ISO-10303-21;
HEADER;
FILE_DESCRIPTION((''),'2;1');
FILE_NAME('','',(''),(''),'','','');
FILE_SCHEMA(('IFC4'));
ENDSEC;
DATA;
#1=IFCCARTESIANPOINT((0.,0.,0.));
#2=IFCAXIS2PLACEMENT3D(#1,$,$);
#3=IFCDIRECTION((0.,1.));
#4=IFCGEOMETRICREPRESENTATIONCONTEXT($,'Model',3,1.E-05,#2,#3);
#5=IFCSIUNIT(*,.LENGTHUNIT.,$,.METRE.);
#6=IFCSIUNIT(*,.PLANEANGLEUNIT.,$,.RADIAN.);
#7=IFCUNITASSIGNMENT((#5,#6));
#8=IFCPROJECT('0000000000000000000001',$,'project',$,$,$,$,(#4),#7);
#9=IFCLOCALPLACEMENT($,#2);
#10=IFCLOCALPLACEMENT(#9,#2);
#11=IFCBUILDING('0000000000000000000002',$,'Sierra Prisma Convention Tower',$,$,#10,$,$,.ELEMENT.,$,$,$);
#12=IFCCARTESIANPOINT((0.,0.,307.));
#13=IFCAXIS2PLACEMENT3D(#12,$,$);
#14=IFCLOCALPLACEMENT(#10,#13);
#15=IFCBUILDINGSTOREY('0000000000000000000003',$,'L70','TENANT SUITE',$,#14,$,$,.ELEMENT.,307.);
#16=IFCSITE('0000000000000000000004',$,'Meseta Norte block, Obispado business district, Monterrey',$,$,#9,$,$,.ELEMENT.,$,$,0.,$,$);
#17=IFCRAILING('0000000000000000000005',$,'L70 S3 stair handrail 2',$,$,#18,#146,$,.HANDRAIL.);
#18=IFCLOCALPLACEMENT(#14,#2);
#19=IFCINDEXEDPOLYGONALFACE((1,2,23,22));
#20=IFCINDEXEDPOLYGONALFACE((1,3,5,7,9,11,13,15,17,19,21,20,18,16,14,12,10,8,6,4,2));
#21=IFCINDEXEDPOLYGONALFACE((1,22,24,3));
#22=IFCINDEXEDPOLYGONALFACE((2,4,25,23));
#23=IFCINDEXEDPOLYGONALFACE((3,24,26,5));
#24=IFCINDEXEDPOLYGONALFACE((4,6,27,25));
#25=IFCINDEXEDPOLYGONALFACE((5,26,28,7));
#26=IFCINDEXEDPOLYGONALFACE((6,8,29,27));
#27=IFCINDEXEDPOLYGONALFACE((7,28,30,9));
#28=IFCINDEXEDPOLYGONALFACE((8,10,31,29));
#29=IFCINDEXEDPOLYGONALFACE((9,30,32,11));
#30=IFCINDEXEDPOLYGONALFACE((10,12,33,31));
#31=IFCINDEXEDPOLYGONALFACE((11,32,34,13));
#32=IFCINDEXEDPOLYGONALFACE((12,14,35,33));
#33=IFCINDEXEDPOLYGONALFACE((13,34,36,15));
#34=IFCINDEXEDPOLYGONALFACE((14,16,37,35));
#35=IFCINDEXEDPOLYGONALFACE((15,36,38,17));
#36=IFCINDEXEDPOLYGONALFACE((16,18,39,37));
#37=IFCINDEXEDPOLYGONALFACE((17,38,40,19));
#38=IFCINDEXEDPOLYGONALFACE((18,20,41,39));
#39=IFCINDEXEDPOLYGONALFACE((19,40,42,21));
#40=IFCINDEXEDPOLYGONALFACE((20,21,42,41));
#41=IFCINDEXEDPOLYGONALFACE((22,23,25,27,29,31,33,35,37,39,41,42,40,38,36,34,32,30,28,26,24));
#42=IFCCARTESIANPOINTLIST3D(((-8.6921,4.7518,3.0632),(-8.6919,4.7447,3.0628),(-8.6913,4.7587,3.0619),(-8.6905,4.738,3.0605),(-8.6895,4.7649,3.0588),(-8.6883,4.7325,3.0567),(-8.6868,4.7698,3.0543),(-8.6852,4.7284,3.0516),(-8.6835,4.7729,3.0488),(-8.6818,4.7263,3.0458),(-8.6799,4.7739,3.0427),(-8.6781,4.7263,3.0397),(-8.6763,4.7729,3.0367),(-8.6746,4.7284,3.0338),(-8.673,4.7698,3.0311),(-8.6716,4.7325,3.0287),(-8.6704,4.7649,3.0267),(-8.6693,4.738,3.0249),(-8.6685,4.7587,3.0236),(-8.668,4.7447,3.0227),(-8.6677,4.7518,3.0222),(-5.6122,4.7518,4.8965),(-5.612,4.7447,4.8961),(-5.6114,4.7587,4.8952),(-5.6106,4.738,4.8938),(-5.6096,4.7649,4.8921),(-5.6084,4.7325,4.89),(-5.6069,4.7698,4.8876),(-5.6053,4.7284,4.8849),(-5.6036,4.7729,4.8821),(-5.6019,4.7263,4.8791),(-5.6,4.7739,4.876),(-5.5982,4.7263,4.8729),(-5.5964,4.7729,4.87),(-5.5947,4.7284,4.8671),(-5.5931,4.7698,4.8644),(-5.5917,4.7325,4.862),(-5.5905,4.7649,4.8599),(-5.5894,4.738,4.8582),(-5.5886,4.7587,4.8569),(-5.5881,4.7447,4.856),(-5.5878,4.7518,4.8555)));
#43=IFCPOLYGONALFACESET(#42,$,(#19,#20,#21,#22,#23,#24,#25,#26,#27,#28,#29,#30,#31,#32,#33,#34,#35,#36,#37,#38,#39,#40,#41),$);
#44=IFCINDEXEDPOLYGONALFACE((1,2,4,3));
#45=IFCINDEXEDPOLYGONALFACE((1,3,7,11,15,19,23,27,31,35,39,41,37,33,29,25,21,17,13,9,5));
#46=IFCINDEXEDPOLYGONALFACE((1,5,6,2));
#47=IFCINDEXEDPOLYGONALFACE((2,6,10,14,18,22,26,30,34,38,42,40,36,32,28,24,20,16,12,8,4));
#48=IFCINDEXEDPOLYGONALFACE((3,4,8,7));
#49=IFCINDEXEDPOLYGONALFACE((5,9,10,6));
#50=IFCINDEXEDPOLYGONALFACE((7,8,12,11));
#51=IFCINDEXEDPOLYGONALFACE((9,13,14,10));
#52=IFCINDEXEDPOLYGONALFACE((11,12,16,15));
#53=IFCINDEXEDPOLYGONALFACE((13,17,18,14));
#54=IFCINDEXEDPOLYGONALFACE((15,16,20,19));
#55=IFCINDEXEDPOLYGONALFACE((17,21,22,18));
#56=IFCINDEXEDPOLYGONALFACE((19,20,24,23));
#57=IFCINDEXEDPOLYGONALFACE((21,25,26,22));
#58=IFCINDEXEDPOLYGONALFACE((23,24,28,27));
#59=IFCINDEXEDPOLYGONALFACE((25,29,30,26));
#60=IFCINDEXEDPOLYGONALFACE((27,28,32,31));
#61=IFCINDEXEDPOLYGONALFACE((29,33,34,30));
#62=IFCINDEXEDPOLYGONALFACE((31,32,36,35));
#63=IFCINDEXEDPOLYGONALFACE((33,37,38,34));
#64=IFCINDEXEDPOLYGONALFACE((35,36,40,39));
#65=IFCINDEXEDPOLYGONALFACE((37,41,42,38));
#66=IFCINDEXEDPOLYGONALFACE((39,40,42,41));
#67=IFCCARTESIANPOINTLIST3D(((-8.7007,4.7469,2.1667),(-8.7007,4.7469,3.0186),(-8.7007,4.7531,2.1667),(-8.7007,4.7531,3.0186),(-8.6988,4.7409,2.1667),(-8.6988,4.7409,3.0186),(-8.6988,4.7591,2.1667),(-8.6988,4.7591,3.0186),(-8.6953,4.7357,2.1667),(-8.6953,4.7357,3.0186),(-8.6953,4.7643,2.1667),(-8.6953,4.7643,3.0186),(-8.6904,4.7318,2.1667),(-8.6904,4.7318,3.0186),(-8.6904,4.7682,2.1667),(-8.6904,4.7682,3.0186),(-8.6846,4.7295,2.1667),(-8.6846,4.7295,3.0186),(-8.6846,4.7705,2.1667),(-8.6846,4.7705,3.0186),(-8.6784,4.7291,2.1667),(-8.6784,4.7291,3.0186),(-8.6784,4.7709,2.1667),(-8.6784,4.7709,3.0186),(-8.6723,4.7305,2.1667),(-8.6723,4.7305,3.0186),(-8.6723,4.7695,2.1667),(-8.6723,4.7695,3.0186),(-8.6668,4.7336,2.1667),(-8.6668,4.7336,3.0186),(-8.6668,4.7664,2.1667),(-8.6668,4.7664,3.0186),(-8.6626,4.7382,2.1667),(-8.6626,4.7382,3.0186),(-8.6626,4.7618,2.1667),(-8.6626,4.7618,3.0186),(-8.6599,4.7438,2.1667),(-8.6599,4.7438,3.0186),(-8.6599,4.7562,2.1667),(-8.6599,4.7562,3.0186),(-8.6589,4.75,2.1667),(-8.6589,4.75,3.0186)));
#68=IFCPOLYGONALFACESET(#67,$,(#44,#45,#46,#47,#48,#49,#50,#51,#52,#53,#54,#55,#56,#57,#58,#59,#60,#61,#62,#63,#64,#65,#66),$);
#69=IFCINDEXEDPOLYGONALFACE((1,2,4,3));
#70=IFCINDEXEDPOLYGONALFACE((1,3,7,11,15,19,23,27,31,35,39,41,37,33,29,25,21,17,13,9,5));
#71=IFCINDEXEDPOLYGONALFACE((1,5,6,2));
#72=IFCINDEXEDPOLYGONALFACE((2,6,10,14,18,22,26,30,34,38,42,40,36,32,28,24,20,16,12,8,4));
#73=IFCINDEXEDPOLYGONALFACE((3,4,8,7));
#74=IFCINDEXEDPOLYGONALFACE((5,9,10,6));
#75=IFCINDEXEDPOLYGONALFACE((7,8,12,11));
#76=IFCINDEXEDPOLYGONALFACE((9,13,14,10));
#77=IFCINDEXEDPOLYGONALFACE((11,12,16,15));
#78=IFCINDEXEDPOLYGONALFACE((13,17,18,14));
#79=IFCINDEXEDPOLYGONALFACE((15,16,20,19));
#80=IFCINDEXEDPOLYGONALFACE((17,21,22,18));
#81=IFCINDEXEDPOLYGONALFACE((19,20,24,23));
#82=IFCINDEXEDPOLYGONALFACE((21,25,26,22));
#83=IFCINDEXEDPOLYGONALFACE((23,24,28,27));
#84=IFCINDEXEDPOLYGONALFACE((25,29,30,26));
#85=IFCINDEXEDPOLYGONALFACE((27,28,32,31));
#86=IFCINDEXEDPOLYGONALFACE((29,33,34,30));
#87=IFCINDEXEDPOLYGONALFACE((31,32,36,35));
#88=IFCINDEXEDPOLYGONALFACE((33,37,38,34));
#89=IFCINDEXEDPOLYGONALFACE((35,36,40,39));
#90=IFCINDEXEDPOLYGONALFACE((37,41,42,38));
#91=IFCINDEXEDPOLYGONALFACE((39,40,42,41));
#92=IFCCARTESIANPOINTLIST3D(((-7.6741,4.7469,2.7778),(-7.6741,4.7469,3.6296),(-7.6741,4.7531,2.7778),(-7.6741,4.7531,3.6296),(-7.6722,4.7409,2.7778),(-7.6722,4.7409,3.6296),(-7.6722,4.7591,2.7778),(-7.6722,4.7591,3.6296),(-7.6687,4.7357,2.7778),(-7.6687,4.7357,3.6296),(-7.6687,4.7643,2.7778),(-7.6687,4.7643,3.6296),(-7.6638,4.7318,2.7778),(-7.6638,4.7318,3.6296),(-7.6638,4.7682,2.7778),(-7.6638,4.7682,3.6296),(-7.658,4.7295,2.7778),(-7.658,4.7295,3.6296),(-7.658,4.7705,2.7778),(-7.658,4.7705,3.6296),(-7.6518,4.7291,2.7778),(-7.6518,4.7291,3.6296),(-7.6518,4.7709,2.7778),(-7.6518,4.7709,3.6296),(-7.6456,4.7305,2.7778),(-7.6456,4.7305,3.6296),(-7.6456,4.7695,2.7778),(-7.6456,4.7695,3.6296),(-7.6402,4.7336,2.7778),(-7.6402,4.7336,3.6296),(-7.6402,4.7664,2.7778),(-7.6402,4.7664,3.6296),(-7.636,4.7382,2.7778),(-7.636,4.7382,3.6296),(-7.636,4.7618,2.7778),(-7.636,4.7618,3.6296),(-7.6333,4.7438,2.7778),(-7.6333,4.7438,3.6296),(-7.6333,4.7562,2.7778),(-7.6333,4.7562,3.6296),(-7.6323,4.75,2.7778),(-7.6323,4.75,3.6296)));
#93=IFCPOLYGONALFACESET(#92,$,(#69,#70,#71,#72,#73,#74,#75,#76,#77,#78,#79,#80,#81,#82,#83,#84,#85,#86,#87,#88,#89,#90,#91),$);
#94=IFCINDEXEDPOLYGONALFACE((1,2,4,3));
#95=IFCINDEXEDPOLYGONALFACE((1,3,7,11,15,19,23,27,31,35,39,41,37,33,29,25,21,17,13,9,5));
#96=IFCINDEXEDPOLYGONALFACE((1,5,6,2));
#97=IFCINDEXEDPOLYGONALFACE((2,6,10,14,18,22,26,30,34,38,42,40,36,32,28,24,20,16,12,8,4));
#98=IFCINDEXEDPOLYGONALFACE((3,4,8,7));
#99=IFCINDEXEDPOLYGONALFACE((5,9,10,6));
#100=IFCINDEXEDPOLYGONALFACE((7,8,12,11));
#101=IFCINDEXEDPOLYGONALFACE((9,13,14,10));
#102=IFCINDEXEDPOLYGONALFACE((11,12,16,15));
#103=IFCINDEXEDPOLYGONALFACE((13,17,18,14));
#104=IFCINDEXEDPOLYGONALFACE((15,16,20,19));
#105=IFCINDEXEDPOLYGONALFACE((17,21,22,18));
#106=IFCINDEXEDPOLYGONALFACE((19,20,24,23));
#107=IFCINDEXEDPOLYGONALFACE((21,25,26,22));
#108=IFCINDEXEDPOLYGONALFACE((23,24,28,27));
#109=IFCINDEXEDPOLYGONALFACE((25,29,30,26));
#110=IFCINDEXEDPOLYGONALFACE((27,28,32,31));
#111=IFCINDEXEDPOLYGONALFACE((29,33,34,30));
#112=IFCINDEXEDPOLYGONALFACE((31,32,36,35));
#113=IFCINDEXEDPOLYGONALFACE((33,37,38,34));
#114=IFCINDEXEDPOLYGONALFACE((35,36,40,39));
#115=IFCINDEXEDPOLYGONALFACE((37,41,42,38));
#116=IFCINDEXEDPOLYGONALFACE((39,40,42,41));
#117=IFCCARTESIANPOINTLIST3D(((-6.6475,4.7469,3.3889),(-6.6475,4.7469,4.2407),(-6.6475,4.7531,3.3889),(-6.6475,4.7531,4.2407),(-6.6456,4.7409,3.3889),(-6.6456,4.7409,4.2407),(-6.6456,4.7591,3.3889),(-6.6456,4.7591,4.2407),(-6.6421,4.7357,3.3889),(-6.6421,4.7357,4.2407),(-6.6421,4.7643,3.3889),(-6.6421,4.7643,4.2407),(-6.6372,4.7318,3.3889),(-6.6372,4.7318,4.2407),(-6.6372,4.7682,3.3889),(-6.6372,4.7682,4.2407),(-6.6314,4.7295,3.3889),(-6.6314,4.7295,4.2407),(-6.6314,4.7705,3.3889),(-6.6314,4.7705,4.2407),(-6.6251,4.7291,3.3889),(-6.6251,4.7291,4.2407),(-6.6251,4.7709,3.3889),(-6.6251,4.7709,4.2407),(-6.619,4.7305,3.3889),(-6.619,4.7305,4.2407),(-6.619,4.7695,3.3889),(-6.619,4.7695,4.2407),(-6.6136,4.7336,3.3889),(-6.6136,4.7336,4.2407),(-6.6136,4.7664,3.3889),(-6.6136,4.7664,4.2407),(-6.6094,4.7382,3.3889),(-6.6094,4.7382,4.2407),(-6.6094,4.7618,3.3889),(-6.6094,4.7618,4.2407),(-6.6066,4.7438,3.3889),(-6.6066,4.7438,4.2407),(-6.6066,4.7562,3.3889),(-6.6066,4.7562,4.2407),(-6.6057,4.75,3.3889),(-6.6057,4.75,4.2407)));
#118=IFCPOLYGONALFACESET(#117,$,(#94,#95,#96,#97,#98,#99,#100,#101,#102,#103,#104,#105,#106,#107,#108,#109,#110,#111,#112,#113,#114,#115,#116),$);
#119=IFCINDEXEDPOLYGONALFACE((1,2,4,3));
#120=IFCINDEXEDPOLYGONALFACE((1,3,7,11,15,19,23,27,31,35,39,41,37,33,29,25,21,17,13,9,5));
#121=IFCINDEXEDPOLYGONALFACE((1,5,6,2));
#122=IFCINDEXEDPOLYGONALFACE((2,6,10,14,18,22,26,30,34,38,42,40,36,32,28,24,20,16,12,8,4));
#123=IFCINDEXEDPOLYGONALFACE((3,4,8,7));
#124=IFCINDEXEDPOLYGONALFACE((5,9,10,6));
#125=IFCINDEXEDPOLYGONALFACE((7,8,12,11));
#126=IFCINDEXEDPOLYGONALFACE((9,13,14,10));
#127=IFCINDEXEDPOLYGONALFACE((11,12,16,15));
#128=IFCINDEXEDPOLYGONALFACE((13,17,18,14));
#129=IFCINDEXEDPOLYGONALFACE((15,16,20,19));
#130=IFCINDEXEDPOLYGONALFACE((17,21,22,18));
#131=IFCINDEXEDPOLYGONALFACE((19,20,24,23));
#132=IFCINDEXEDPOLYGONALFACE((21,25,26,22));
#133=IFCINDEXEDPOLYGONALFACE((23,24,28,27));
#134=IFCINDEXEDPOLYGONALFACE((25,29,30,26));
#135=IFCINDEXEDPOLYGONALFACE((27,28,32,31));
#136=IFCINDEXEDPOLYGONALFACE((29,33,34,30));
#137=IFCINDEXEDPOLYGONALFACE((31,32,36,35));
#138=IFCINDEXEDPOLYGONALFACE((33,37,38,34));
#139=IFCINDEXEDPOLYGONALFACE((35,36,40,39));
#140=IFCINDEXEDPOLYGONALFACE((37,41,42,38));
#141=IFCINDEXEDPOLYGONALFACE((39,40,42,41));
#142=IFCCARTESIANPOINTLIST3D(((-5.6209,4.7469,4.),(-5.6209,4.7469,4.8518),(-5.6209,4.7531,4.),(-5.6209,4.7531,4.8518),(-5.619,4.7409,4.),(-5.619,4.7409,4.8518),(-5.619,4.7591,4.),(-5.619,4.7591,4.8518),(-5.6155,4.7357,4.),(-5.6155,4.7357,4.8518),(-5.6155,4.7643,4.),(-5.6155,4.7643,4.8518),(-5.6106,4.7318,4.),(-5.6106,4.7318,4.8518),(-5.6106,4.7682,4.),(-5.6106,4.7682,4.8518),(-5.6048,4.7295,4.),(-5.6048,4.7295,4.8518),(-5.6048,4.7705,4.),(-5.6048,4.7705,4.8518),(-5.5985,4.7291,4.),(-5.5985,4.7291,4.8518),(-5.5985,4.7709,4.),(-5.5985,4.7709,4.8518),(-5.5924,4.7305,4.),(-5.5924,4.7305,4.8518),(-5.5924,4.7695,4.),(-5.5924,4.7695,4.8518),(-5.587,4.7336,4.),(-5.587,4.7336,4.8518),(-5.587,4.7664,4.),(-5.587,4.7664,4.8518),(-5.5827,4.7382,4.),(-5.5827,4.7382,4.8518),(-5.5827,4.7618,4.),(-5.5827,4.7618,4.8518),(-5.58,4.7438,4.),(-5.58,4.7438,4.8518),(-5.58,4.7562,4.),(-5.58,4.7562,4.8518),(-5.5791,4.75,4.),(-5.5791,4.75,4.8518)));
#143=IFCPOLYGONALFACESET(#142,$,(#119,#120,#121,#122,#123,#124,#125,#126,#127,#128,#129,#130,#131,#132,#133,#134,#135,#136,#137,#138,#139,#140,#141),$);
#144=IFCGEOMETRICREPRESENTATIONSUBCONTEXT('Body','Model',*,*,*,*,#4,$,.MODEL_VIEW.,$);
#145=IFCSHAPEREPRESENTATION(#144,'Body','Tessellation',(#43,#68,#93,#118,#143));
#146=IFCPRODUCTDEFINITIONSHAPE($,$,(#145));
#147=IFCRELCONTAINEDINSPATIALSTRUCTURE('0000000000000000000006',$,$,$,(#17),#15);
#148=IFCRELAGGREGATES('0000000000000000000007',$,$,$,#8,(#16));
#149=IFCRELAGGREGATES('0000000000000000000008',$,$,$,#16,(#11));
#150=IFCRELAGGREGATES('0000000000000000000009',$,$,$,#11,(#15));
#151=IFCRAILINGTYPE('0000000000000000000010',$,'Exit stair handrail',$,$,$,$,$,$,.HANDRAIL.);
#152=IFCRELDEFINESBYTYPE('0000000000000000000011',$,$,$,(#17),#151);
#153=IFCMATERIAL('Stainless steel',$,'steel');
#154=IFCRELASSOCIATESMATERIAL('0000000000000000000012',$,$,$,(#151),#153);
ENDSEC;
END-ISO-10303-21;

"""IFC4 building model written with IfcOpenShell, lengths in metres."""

from ifc_helpers import new_model, si_unit, direction, frame, origin, origin_2d, place, context, subcontext, project, spatial, circle, extrude, material, type_object, element, save


model = new_model("IFC4")

# Units and contexts
model_context = context("Model", 3, precision=1e-05, world=origin(), true_north=direction((0.0, 1.0)))
body_context = subcontext(model_context, "Body", "Model", "MODEL_VIEW")
ifc_project = project(units=[si_unit("LENGTHUNIT", "METRE"), si_unit("PLANEANGLEUNIT", "RADIAN")], contexts=[model_context])

# Site, building, storey
site_placement = place(None, origin())
site = spatial("IfcSite", under=ifc_project, at=site_placement, Name="Meseta Norte block, Obispado business district, Monterrey", CompositionType="ELEMENT", RefElevation=0.0)
building_placement = place(site_placement, origin())
building = spatial("IfcBuilding", under=site, at=building_placement, Name="Sierra Prisma Convention Tower", CompositionType="ELEMENT")
storey_placement = place(building_placement, frame((0.0, 0.0, 307.0)))
storey = spatial("IfcBuildingStorey", under=building, at=storey_placement, Name="L70", Description="TENANT SUITE", CompositionType="ELEMENT", Elevation=307.0)

# Railing
ifc_material_1 = material(Name="Stainless steel", Category="steel")
railing_type_1 = type_object("IfcRailingType", Name="Exit stair handrail", PredefinedType="HANDRAIL", material=ifc_material_1)
railing_1_placement = place(storey_placement, frame((-8.6799, 4.75, 2.1667)))
element("IfcRailing", 1, at=railing_1_placement, inside=storey, type_object=railing_type_1, Name="L70 S3 stair handrail 2", PredefinedType="HANDRAIL", context=body_context, shape_type="SweptSolid", body=[
    extrude(circle(Radius=0.0239, at=origin_2d()), frame((0.0, 0.0, 0.876), z_axis=(0.859291, 0.0, 0.511487), x_axis=(0.0, 1.0, 0.0)), (0.0, 0.0, 1.0), 3.5842),
    extrude(circle(Radius=0.021, at=origin_2d()), origin(), (0.0, 0.0, 1.0), 0.8518),
    extrude(circle(Radius=0.021, at=origin_2d()), frame((1.0266, 0.0, 0.6111)), (0.0, 0.0, 1.0), 0.8518),
    extrude(circle(Radius=0.021, at=origin_2d()), frame((2.0532, 0.0, 1.2222)), (0.0, 0.0, 1.0), 0.8518),
    extrude(circle(Radius=0.021, at=origin_2d()), frame((3.0798, 0.0, 1.8333)), (0.0, 0.0, 1.0), 0.8518),
])

save(model, "model.ifc")
